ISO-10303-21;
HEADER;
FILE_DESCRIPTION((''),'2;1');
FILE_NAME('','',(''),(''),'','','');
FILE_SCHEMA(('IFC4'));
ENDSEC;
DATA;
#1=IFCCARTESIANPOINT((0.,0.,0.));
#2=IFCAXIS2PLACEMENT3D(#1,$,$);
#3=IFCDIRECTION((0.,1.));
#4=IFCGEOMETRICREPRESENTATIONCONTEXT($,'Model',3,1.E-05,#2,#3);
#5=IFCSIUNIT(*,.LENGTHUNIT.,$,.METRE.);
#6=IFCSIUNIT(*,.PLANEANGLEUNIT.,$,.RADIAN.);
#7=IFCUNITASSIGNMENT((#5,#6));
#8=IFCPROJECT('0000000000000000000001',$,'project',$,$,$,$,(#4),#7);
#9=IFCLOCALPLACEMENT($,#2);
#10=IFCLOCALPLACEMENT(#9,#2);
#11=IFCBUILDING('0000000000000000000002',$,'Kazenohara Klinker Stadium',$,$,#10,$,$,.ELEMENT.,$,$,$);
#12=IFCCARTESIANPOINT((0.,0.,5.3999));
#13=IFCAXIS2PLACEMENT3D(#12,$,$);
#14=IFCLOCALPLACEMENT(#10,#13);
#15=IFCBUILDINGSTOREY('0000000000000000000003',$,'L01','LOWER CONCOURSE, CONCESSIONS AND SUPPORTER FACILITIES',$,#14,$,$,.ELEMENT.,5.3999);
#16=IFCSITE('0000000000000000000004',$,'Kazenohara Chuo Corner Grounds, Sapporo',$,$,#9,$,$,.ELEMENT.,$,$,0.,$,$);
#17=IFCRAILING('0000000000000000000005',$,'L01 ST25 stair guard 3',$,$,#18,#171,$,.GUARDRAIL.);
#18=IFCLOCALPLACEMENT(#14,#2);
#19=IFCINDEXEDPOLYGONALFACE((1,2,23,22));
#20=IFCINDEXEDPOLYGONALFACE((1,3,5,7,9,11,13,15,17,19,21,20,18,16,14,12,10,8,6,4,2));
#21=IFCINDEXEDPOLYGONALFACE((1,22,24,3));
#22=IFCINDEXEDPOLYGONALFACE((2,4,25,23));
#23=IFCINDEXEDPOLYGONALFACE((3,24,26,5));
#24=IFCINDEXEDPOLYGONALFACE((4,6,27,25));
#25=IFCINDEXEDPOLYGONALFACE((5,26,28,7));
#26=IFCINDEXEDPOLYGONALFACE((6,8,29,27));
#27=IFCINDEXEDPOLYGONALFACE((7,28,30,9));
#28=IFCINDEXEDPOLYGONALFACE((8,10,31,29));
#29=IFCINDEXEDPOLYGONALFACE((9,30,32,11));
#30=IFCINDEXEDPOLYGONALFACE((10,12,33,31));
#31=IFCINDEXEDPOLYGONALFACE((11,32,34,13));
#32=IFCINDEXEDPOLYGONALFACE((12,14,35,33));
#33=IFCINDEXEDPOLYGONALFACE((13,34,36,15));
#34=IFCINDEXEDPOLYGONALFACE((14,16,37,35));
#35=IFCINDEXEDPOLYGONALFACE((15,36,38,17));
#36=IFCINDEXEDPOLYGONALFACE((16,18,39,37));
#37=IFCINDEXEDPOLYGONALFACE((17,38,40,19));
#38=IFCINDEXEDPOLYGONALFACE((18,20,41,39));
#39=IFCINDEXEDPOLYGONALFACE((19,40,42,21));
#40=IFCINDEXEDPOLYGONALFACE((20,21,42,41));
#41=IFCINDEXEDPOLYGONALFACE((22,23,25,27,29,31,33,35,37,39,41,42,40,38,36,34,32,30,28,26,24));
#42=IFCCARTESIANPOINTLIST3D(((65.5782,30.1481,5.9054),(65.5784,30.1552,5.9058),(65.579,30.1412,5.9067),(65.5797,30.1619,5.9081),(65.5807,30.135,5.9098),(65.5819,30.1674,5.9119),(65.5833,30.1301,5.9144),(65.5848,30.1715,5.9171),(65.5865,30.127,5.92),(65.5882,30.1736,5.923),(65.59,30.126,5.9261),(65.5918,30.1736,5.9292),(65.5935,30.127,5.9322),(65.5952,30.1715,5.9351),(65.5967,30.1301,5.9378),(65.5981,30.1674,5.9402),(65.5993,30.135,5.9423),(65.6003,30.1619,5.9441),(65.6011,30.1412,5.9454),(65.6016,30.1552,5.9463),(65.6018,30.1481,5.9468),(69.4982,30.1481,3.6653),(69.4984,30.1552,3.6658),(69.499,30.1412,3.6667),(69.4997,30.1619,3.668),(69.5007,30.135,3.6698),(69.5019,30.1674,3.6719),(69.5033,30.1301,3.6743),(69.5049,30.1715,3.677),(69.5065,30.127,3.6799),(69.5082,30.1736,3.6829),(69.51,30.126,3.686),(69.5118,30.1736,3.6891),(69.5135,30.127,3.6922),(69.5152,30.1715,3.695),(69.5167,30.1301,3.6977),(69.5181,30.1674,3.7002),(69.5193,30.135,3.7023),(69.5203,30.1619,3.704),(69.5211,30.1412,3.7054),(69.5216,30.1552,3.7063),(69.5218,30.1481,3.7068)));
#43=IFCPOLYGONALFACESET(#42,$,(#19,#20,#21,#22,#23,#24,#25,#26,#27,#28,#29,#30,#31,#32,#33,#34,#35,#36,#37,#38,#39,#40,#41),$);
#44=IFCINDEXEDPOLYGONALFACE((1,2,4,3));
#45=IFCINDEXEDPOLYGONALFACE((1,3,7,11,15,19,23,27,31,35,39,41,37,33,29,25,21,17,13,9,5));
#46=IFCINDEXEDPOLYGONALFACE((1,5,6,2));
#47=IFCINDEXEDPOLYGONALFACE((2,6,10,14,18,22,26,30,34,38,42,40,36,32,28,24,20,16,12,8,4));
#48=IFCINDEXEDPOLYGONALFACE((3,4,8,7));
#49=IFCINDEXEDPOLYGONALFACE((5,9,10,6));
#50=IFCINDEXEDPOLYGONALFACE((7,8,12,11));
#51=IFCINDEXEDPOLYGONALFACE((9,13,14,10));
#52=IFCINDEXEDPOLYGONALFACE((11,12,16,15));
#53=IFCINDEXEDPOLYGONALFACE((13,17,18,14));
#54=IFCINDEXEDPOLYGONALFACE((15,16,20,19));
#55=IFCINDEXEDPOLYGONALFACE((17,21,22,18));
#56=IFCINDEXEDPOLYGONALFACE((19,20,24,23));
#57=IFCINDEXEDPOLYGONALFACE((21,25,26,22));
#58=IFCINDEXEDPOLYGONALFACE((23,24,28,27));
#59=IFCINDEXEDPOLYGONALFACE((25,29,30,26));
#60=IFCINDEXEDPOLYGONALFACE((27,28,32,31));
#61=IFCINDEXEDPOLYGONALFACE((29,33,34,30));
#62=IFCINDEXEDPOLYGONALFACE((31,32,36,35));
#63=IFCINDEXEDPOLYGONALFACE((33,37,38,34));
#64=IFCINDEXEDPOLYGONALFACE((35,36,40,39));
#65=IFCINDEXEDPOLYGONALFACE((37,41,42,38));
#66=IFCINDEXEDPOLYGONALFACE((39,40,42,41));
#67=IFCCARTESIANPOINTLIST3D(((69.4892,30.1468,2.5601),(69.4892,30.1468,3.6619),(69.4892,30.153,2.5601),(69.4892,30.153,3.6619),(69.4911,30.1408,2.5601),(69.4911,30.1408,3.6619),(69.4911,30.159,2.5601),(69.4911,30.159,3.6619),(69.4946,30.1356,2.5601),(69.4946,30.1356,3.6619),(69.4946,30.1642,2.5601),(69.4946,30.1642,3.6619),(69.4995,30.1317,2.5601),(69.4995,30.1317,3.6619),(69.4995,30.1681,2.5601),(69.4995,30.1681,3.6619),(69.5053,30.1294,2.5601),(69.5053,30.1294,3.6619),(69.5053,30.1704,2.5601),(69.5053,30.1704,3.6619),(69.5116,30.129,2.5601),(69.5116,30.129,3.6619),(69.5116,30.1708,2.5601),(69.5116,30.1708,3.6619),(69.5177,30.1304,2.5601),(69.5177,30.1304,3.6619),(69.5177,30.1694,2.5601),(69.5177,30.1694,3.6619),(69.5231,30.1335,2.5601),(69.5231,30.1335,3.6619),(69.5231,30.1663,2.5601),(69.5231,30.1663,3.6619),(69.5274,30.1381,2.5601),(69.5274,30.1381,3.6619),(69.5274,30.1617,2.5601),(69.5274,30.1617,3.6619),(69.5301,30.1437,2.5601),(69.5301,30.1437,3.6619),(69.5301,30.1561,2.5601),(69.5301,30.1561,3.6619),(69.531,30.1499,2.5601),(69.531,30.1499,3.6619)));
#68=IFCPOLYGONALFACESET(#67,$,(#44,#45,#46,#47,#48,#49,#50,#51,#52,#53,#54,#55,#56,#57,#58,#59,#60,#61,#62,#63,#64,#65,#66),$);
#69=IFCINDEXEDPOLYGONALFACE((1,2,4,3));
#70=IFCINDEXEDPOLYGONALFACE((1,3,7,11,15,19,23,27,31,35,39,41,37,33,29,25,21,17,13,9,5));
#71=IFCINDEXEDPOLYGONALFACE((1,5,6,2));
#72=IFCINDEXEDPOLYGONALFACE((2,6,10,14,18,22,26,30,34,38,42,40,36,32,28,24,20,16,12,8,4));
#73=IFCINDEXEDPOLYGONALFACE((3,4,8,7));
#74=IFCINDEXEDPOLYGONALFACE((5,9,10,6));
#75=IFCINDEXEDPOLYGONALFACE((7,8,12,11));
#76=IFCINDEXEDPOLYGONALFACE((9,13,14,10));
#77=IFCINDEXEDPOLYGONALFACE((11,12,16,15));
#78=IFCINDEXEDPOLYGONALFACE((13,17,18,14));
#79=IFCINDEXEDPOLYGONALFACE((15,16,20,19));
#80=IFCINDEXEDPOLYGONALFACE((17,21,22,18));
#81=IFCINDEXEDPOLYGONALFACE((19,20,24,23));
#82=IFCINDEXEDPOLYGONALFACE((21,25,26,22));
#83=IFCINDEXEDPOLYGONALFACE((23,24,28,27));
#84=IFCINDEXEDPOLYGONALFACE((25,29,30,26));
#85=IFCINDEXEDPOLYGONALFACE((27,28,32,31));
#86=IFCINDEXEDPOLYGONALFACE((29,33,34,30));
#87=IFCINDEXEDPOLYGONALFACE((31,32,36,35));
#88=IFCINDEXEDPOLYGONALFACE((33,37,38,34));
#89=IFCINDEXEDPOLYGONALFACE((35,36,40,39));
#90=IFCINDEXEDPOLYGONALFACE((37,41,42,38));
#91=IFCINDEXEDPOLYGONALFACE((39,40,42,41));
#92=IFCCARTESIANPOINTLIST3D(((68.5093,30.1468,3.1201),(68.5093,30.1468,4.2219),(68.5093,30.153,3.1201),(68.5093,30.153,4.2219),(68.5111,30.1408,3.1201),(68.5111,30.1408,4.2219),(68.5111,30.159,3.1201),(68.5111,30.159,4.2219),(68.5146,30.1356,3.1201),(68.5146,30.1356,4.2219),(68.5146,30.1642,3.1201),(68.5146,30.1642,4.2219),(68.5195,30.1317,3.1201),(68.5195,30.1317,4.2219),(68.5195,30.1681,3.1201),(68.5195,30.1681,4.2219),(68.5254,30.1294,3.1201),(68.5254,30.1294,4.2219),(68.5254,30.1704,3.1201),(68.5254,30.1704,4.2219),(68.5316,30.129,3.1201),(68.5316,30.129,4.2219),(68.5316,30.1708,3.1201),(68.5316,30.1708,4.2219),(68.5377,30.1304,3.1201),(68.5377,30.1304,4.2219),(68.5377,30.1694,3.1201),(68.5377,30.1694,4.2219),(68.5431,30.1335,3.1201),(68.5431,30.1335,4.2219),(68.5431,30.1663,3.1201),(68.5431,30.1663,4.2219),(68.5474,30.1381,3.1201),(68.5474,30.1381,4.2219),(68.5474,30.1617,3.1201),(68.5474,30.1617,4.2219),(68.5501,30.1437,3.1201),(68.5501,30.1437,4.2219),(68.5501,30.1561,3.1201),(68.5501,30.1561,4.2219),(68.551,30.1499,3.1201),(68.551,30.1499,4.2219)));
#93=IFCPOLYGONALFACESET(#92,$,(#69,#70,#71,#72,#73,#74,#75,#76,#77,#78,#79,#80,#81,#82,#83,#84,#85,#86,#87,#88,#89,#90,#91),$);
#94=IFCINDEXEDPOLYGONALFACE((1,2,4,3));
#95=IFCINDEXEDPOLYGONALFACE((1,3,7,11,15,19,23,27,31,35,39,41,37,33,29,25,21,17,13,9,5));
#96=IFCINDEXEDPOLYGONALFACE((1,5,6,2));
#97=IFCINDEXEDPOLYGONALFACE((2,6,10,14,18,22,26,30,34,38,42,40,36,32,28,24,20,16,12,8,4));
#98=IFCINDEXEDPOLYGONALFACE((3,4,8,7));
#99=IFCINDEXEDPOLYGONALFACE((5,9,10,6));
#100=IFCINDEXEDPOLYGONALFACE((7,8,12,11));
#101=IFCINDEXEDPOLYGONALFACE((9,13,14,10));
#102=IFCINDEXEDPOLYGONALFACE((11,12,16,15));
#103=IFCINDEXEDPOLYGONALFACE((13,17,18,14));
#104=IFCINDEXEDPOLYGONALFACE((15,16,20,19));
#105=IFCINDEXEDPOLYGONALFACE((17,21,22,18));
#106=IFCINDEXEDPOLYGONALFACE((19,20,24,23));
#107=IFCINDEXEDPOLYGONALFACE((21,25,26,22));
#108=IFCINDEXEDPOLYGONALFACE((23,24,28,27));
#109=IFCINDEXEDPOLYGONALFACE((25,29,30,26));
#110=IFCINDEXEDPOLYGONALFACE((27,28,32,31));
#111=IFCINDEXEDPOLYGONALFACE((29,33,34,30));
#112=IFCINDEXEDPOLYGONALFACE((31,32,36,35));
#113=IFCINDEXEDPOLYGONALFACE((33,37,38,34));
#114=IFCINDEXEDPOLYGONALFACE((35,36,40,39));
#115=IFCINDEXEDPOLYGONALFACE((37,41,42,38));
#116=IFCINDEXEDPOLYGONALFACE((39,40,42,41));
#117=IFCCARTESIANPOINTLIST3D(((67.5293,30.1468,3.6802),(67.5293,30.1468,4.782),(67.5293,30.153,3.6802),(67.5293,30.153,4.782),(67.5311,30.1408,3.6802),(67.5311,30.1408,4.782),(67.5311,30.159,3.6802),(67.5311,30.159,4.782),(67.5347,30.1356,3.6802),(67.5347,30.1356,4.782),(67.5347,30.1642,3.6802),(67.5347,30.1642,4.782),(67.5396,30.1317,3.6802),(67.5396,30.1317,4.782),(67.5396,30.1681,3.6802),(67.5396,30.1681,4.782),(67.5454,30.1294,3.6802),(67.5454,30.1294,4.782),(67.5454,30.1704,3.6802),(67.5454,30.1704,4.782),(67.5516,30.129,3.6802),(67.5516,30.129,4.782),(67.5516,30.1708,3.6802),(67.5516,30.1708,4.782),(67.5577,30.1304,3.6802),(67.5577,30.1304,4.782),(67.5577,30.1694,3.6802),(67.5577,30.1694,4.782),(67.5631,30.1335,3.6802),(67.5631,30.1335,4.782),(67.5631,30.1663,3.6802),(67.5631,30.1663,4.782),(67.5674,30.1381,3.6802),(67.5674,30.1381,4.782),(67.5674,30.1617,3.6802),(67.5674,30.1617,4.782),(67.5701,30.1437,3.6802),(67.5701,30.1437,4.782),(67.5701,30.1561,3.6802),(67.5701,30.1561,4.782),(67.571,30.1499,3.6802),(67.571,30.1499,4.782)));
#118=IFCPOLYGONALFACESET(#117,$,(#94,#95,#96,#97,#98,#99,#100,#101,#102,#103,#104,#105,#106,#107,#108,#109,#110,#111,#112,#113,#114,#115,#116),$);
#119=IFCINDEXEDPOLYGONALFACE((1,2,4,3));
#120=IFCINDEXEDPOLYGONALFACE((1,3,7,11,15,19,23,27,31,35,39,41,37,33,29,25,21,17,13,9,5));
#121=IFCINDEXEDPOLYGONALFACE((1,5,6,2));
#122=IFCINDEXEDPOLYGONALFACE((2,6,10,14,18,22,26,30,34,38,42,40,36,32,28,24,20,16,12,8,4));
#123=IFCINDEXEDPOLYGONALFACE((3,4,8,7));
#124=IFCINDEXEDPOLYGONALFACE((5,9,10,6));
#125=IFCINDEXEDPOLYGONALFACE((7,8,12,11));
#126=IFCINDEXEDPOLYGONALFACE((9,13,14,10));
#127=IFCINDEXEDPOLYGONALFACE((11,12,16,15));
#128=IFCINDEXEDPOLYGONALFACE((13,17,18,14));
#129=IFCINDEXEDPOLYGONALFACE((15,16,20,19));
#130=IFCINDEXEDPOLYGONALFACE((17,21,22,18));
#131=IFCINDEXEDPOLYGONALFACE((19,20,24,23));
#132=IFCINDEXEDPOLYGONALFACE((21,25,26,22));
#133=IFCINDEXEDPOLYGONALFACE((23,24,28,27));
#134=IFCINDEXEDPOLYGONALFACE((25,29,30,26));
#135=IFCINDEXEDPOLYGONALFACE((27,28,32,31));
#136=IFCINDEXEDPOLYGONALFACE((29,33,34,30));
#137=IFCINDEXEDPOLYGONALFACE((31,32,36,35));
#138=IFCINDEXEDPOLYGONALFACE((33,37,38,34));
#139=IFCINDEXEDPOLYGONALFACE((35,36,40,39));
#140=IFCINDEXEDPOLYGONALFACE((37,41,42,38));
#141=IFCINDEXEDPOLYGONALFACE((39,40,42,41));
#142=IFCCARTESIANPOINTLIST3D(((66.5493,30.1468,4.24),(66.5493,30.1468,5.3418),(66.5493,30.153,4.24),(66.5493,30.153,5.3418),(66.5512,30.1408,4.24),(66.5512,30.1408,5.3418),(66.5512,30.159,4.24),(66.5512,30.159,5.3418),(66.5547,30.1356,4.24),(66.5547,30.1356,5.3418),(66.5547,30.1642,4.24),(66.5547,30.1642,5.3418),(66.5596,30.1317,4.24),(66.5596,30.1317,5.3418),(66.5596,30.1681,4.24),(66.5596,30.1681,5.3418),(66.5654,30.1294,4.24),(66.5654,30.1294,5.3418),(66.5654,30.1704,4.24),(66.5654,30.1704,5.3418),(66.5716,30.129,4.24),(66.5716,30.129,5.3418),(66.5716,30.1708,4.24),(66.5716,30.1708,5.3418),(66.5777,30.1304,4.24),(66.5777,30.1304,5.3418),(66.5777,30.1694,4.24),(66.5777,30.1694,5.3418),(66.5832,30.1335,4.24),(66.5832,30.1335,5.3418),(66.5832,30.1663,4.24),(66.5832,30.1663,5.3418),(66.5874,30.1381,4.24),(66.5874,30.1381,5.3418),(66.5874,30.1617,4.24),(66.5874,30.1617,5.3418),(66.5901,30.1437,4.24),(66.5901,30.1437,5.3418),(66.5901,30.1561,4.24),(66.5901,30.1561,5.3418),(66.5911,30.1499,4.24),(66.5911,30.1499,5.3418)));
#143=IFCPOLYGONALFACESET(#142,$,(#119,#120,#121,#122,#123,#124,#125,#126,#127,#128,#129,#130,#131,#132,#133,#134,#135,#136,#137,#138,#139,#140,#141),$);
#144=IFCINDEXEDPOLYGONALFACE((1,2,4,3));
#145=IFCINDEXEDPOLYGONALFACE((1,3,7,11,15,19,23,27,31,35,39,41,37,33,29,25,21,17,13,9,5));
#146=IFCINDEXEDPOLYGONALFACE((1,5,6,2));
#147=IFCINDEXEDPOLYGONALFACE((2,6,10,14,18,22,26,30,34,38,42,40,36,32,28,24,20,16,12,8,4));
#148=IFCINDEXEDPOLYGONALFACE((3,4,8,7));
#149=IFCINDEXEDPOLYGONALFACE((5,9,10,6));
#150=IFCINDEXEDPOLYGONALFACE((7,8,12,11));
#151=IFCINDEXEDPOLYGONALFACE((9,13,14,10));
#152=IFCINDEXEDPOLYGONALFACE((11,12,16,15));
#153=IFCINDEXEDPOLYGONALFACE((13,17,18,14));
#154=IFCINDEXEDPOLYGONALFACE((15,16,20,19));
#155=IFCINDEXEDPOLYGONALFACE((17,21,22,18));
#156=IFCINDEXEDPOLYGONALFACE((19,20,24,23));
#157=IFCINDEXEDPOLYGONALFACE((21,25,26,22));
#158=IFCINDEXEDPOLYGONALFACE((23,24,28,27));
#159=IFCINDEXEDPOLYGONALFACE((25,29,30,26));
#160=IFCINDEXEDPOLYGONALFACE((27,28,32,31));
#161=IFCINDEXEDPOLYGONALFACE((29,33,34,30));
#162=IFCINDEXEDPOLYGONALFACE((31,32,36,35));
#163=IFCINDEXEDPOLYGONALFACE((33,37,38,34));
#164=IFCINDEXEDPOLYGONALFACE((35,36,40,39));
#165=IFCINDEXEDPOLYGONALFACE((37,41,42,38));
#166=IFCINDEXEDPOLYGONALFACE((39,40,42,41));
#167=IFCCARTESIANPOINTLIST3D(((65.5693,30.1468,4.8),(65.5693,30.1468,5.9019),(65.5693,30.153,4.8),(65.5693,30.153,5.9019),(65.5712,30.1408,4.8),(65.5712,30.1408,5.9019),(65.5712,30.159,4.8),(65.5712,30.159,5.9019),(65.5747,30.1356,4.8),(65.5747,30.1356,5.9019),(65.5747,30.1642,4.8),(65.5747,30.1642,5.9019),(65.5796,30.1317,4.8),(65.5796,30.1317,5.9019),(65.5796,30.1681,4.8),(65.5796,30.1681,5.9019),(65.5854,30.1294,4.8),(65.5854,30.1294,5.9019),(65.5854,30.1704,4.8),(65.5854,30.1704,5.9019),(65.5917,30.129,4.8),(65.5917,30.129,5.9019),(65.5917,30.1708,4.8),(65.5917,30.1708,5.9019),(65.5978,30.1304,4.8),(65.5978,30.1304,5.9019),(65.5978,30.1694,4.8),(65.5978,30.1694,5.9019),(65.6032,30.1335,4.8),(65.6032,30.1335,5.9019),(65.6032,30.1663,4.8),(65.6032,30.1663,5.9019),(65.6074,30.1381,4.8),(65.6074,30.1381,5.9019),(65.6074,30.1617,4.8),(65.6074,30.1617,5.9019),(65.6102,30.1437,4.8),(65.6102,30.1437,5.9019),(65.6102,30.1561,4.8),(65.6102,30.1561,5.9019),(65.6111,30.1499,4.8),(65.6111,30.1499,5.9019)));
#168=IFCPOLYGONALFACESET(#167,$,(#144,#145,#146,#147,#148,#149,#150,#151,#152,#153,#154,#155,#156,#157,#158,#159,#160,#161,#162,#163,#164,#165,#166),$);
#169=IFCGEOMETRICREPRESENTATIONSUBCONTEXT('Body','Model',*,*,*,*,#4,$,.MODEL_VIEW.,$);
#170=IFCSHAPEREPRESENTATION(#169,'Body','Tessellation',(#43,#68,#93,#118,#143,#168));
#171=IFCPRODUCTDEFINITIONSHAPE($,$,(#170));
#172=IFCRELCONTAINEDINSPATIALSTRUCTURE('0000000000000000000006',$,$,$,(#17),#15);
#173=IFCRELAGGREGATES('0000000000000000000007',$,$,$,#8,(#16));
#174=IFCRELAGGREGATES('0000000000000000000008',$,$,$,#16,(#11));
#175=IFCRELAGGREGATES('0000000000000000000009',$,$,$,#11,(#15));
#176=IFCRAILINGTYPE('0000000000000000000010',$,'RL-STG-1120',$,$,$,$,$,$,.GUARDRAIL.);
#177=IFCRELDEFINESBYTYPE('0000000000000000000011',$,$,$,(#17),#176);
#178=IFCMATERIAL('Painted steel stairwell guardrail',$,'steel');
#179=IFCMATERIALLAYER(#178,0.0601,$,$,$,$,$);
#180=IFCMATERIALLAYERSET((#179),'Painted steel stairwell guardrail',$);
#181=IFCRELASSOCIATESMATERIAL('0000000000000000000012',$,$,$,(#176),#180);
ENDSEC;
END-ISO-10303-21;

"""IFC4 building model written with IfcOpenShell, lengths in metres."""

from ifc_helpers import new_model, si_unit, direction, frame, origin, origin_2d, place, context, subcontext, project, spatial, circle, extrude, material, layer, layer_set, type_object, element, save


model = new_model("IFC4")

# Units and contexts
model_context = context("Model", 3, precision=1e-05, world=origin(), true_north=direction((0.0, 1.0)))
body_context = subcontext(model_context, "Body", "Model", "MODEL_VIEW")
ifc_project = project(units=[si_unit("LENGTHUNIT", "METRE"), si_unit("PLANEANGLEUNIT", "RADIAN")], contexts=[model_context])

# Site, building, storey
site_placement = place(None, origin())
site = spatial("IfcSite", under=ifc_project, at=site_placement, Name="Kazenohara Chuo Corner Grounds, Sapporo", CompositionType="ELEMENT", RefElevation=0.0)
building_placement = place(site_placement, origin())
building = spatial("IfcBuilding", under=site, at=building_placement, Name="Kazenohara Klinker Stadium", CompositionType="ELEMENT")
storey_placement = place(building_placement, frame((0.0, 0.0, 5.3999)))
storey = spatial("IfcBuildingStorey", under=building, at=storey_placement, Name="L01", Description="LOWER CONCOURSE, CONCESSIONS AND SUPPORTER FACILITIES", CompositionType="ELEMENT", Elevation=5.3999)

# Railing
ifc_material_1 = material(Name="Painted steel stairwell guardrail", Category="steel")
ifc_layer_1 = layer(ifc_material_1, 0.0601)
ifc_layer_set_1 = layer_set([ifc_layer_1], Name="Painted steel stairwell guardrail")
railing_type_1 = type_object("IfcRailingType", Name="RL-STG-1120", PredefinedType="GUARDRAIL", material=ifc_layer_set_1)
railing_1_placement = place(storey_placement, frame((69.51, 30.1499, 2.5601)))
element("IfcRailing", 1, at=railing_1_placement, inside=storey, type_object=railing_type_1, Name="L01 ST25 stair guard 3", PredefinedType="GUARDRAIL", context=body_context, shape_type="SweptSolid", body=[
    extrude(circle(Radius=0.0239, at=origin_2d()), frame((0.0, 0.0, 1.126), z_axis=(-0.86824, 0.0, 0.496145), x_axis=(0.0, -1.0, 0.0)), (0.0, 0.0, 1.0), 4.5149),
    extrude(circle(Radius=0.021, at=origin_2d()), origin(), (0.0, 0.0, 1.0), 1.1018),
    extrude(circle(Radius=0.021, at=origin_2d()), frame((-0.98, 0.0, 0.5601)), (0.0, 0.0, 1.0), 1.1018),
    extrude(circle(Radius=0.021, at=origin_2d()), frame((-1.96, 0.0, 1.1201)), (0.0, 0.0, 1.0), 1.1018),
    extrude(circle(Radius=0.021, at=origin_2d()), frame((-2.9399, 0.0, 1.6799)), (0.0, 0.0, 1.0), 1.1018),
    extrude(circle(Radius=0.021, at=origin_2d()), frame((-3.9199, 0.0, 2.24)), (0.0, 0.0, 1.0), 1.1018),
])

save(model, "model.ifc")
